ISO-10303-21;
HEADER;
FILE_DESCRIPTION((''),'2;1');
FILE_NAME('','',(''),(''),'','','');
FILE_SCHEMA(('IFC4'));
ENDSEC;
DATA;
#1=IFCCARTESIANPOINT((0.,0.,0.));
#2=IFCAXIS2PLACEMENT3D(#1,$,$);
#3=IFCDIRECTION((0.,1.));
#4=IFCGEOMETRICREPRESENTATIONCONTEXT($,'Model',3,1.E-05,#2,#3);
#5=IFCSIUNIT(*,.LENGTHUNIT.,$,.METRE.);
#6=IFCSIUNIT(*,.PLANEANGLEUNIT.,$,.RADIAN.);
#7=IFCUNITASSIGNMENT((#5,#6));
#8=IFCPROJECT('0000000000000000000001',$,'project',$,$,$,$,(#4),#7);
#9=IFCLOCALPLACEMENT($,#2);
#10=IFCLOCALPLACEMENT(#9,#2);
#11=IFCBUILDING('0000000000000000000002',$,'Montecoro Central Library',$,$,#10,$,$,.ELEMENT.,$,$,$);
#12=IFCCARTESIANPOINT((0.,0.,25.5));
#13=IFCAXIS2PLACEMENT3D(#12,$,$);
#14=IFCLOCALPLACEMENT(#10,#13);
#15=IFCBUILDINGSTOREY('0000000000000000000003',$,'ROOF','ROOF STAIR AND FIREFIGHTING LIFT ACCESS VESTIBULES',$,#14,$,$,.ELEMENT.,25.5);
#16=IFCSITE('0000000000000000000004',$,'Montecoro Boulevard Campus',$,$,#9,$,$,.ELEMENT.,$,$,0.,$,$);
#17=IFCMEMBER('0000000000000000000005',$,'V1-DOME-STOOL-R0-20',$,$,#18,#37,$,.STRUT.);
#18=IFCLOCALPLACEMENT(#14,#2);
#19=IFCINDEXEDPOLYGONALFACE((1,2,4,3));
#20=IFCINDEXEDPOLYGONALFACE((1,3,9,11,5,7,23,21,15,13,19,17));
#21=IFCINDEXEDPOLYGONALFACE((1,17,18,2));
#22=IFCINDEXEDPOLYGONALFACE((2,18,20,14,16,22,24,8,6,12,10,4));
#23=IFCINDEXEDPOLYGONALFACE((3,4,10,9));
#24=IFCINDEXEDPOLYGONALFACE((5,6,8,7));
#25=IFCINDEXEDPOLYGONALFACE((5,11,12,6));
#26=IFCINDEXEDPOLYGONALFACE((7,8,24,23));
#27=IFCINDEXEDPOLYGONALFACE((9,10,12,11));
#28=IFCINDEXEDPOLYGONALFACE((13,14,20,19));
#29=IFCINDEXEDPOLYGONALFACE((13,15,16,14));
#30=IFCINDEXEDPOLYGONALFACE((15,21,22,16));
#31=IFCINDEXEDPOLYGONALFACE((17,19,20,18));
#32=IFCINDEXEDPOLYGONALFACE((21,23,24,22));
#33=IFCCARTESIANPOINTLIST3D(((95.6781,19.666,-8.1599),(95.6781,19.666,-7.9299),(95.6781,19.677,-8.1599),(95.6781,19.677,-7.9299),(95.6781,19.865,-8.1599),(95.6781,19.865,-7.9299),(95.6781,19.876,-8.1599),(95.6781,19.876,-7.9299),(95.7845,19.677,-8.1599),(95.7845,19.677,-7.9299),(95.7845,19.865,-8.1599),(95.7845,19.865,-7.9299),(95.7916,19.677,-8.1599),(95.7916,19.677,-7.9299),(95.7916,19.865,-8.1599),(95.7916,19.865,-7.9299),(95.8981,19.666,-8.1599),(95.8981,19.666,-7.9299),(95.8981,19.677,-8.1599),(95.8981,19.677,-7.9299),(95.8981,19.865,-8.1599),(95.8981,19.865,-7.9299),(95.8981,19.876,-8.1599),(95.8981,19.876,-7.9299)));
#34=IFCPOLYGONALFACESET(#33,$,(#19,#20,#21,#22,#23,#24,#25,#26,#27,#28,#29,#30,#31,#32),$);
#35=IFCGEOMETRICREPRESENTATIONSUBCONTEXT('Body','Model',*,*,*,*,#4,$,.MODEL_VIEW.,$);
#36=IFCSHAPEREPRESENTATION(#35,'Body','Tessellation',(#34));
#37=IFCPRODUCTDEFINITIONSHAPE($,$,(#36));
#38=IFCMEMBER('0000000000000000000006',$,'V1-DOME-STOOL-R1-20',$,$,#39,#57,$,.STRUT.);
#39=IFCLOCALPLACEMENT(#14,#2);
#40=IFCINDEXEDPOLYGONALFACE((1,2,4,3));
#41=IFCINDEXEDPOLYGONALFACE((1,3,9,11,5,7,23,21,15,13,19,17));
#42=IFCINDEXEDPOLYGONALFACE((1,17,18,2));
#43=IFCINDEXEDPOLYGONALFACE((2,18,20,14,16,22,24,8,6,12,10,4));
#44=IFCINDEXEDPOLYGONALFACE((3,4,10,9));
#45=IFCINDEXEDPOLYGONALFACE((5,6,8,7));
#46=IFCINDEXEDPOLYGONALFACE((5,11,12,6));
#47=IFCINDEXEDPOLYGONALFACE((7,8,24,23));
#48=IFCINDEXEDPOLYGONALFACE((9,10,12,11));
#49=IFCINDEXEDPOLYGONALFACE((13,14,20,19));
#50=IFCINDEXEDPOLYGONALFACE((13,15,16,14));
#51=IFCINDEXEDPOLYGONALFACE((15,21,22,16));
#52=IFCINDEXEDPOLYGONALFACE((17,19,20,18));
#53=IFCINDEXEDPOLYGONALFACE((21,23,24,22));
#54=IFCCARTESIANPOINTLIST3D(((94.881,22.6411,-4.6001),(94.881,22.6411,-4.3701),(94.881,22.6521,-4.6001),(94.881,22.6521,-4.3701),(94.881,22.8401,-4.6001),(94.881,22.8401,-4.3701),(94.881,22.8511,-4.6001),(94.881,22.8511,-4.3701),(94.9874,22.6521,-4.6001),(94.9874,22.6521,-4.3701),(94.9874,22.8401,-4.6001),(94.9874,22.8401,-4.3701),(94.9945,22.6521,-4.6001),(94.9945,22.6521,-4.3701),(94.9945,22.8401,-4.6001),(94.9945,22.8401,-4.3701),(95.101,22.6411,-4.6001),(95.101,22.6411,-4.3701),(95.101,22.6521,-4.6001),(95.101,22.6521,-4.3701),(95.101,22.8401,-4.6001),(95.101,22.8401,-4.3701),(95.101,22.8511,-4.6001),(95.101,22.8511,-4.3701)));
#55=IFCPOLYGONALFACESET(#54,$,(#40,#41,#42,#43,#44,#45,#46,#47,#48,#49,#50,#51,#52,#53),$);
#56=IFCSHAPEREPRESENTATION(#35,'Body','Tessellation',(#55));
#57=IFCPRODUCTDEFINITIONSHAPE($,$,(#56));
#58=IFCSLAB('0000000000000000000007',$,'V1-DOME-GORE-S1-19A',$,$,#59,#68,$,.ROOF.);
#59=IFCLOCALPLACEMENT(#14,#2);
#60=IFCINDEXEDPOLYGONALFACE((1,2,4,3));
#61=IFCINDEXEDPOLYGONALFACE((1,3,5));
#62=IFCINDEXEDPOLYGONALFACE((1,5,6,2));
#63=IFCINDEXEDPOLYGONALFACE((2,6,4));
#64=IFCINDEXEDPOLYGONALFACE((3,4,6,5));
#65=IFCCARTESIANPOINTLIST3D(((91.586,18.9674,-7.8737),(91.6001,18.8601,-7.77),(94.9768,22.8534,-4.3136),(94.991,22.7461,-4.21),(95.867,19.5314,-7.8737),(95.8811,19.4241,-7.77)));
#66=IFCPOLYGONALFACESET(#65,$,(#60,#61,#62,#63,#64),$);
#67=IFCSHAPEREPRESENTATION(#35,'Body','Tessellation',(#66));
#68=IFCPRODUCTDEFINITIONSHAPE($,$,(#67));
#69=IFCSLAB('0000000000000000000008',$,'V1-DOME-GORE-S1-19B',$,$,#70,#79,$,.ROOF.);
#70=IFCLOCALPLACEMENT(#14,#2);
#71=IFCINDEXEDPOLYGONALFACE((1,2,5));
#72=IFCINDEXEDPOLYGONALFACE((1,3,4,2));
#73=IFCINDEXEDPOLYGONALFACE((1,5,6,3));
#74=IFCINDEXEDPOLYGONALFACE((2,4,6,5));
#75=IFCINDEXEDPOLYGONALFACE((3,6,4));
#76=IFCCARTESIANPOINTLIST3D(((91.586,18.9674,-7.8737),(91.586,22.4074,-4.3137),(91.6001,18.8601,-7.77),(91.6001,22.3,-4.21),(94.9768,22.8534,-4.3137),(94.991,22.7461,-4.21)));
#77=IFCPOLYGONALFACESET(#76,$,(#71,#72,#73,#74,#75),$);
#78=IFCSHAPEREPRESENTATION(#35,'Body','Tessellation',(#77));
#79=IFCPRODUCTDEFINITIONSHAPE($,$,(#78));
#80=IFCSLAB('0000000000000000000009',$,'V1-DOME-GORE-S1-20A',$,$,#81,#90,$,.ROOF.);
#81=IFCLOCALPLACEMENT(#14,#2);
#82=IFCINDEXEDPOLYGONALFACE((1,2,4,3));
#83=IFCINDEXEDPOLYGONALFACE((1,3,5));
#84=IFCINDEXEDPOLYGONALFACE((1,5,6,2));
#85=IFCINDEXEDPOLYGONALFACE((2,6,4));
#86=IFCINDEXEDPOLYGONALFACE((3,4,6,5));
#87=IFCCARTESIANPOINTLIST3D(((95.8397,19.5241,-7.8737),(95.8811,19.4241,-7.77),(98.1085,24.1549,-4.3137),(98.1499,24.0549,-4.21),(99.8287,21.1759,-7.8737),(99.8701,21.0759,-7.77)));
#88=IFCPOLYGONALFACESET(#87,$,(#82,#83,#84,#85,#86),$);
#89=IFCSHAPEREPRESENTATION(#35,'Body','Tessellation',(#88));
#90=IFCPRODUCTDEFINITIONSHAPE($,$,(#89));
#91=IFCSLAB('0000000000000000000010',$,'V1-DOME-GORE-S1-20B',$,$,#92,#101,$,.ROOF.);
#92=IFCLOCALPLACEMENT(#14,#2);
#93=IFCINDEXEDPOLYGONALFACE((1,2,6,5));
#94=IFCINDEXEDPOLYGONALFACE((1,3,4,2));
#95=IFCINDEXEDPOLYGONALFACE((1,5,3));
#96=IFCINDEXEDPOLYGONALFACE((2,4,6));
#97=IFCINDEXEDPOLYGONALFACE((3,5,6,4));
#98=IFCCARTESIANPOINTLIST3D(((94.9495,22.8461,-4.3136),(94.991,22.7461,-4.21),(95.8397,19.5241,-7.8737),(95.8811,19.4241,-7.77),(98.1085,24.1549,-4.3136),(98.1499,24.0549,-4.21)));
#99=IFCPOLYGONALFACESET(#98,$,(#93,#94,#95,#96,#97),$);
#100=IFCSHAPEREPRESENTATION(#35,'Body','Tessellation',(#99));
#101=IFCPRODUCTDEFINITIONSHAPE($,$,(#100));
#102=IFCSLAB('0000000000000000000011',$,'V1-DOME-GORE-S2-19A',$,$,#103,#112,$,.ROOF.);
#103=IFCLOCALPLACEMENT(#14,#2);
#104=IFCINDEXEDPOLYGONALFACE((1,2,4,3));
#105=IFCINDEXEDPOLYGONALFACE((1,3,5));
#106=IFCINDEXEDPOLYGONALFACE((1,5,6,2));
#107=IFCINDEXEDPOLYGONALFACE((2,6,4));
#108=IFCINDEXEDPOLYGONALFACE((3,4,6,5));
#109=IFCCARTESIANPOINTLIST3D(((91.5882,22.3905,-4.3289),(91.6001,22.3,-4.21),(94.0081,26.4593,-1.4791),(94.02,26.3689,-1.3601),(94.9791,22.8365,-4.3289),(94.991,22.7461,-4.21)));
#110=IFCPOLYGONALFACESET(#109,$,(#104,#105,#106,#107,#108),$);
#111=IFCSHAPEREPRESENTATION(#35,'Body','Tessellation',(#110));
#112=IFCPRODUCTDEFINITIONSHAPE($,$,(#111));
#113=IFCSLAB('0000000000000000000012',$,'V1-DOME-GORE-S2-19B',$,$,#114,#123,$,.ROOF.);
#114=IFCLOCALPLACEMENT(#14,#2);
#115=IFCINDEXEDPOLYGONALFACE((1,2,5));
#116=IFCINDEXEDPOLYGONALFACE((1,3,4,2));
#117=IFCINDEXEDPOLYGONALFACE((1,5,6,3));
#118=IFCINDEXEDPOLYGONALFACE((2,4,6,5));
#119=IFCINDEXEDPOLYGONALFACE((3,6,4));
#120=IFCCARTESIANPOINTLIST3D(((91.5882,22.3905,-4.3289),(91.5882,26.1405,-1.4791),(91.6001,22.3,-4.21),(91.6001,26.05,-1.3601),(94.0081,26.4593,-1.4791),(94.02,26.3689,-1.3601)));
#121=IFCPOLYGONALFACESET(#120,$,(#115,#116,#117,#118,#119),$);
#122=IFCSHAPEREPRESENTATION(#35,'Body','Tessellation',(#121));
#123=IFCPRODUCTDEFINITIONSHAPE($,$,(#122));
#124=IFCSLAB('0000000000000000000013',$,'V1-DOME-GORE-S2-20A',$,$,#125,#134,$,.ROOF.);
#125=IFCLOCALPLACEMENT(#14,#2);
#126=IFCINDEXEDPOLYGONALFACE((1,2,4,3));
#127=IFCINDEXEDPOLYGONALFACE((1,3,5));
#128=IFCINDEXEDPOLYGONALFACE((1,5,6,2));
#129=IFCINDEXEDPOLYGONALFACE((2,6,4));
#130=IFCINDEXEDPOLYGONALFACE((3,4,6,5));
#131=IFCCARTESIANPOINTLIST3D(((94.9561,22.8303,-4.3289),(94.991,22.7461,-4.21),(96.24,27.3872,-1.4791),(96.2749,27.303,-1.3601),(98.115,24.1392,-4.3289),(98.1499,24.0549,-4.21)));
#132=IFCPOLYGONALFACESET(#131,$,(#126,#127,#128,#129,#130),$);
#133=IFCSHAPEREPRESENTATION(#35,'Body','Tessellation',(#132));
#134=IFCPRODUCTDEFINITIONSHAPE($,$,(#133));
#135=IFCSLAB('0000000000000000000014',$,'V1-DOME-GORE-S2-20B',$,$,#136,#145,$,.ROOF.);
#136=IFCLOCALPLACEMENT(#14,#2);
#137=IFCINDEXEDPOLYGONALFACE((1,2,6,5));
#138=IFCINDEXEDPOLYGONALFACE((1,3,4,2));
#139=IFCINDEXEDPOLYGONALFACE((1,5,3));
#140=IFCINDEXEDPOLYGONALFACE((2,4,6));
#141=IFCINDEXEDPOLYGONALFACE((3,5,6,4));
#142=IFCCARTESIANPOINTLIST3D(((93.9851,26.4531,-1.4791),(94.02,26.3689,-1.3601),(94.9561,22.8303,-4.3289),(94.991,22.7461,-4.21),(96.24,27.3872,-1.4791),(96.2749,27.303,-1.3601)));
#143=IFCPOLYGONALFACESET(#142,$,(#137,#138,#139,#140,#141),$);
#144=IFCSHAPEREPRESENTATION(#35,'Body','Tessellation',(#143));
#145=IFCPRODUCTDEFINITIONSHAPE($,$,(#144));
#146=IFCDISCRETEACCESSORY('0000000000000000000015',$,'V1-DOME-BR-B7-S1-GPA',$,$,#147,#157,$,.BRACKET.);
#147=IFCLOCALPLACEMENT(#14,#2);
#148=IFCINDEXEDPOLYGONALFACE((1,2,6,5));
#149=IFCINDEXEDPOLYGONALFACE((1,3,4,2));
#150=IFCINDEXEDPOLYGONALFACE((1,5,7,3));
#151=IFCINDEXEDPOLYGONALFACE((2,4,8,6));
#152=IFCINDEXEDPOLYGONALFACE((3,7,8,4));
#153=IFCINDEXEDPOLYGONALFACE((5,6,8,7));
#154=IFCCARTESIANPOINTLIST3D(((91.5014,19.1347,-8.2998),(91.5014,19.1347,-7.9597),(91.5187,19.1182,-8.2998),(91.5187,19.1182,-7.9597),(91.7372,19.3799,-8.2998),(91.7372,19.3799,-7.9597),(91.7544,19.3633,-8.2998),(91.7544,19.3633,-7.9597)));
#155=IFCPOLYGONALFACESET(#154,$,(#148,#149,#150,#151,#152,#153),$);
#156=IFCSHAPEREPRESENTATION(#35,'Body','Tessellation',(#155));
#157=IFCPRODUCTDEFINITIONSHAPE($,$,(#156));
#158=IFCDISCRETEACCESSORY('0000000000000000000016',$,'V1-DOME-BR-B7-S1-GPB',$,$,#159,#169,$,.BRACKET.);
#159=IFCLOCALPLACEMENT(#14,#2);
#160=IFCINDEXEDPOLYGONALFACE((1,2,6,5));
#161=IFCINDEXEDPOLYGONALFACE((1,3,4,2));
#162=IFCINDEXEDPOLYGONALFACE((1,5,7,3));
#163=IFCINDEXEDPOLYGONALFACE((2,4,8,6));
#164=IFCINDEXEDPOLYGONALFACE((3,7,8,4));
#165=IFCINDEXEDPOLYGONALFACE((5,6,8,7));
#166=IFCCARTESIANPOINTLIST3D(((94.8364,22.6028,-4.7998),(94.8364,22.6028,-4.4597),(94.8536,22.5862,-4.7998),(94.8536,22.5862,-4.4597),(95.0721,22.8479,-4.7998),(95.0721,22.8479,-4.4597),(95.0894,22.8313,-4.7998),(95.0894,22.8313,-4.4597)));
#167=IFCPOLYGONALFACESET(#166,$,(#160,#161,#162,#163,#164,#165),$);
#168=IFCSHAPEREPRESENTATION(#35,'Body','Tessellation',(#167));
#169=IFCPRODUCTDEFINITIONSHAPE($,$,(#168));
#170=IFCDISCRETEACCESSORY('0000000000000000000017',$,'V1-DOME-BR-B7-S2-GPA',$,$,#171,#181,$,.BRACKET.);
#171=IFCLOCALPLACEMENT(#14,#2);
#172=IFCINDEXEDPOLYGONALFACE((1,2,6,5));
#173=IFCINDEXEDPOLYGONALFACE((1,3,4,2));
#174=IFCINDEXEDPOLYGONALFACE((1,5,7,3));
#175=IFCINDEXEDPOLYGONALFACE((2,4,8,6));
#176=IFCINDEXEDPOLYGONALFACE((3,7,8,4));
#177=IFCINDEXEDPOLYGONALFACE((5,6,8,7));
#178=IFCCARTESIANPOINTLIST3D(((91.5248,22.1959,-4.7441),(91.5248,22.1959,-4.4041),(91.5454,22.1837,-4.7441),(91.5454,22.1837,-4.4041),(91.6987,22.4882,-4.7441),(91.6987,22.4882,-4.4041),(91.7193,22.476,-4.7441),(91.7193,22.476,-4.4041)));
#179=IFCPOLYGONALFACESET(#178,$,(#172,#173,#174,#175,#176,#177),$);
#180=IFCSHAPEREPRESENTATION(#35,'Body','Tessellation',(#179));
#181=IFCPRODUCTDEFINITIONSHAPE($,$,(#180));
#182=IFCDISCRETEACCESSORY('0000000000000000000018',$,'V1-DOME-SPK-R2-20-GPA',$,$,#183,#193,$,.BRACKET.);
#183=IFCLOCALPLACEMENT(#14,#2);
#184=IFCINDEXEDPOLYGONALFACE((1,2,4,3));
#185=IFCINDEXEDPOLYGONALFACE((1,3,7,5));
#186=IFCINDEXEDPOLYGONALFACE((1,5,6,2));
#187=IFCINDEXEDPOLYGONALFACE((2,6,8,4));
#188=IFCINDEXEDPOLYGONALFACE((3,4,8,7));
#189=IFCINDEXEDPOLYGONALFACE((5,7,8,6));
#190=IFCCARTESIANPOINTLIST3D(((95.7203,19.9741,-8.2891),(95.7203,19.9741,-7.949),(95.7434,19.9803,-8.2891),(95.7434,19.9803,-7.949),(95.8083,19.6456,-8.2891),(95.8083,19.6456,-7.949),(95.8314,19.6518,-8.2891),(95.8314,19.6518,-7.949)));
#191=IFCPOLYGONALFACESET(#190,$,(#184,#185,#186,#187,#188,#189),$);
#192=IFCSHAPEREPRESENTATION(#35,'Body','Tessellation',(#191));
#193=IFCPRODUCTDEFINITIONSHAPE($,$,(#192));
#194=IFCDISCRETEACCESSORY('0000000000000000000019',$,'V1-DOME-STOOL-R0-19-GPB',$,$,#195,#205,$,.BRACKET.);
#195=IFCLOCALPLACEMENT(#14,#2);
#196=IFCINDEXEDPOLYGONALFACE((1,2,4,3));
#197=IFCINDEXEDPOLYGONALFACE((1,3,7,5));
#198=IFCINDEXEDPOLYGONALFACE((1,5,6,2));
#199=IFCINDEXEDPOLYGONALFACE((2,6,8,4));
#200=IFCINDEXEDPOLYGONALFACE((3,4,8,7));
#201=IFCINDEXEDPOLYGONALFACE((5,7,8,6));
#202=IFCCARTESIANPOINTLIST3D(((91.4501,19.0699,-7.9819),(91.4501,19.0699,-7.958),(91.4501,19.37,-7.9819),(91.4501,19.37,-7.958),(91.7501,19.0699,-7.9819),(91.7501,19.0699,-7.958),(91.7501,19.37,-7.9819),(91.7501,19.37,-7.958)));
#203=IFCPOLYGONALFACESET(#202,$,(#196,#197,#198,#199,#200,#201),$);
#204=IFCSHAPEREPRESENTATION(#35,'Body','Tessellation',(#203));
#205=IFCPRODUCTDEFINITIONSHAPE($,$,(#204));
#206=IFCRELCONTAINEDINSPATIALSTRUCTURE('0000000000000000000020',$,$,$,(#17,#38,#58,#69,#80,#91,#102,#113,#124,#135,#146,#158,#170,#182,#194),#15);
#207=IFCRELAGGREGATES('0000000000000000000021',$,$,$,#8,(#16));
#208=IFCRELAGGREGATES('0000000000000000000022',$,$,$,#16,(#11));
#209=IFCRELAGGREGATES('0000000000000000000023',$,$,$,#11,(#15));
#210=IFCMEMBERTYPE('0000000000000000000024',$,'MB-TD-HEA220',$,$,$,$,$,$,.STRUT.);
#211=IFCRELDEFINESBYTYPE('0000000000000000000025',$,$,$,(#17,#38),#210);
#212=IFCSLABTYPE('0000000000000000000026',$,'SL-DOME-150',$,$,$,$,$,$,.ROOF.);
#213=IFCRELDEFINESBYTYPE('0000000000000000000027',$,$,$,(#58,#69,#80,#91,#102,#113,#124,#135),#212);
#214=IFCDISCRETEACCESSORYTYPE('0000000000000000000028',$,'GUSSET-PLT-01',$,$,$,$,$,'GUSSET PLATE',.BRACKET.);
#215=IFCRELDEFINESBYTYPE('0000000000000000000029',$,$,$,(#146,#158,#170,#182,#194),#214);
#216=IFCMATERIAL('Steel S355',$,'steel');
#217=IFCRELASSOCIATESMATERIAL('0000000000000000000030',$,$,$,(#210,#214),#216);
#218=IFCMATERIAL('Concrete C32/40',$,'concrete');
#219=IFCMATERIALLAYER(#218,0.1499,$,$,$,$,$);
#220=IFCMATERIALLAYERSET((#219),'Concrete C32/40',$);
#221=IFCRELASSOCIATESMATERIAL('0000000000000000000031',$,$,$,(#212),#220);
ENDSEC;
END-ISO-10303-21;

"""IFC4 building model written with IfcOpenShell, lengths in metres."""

from ifc_helpers import new_model, si_unit, direction, frame, origin, origin_2d, place, context, subcontext, project, spatial, polyline, rectangle, i_section, outline, extrude, material, layer, layer_set, material_profile, profile_set, type_object, element, save


model = new_model("IFC4")

# Units and contexts
model_context = context("Model", 3, precision=1e-05, world=origin(), true_north=direction((0.0, 1.0)))
body_context = subcontext(model_context, "Body", "Model", "MODEL_VIEW")
ifc_project = project(units=[si_unit("LENGTHUNIT", "METRE"), si_unit("PLANEANGLEUNIT", "RADIAN")], contexts=[model_context])

# Site, building, storey
site_placement = place(None, origin())
site = spatial("IfcSite", under=ifc_project, at=site_placement, Name="Montecoro Boulevard Campus", CompositionType="ELEMENT", RefElevation=0.0)
building_placement = place(site_placement, origin())
building = spatial("IfcBuilding", under=site, at=building_placement, Name="Montecoro Central Library", CompositionType="ELEMENT")
storey_placement = place(building_placement, frame((0.0, 0.0, 25.5)))
storey = spatial("IfcBuildingStorey", under=building, at=storey_placement, Name="ROOF", Description="ROOF STAIR AND FIREFIGHTING LIFT ACCESS VESTIBULES", CompositionType="ELEMENT", Elevation=25.5)

# Members
ifc_material_1 = material(Name="Steel S355", Category="steel")
ifc_material_profile_1 = material_profile(ifc_material_1, i_section(OverallWidth=0.22, OverallDepth=0.21, WebThickness=0.0071, FlangeThickness=0.011, at=origin_2d()), Name="HEA 220")
ifc_profile_set_1 = profile_set([ifc_material_profile_1], Name="Steel S355")
member_type_1 = type_object("IfcMemberType", Name="MB-TD-HEA220", PredefinedType="STRUT", material=ifc_profile_set_1)
for number, where, z_axis, x_axis, name in (
    (1, (95.7881, 19.771, -8.1599), (0.0, 0.0, 1.0), (1.0, 0.0, 0.0), "V1-DOME-STOOL-R0-20"),
    (2, (94.991, 22.7461, -4.6001), (0.0, 0.0, 1.0), (1.0, 0.0, 0.0), "V1-DOME-STOOL-R1-20"),
):
    element("IfcMember", number, at=place(storey_placement, frame(where, z_axis=z_axis, x_axis=x_axis)), inside=storey, type_object=member_type_1, Name=name, PredefinedType="STRUT", context=body_context, shape_type="SweptSolid", body=[
        extrude(i_section(OverallWidth=0.22, OverallDepth=0.21, WebThickness=0.0071, FlangeThickness=0.011, at=origin_2d()), origin(), (0.0, 0.0, 1.0), 0.23),
    ])

# Slabs
ifc_material_2 = material(Name="Concrete C32/40", Category="concrete")
ifc_layer = layer(ifc_material_2, 0.1499)
ifc_layer_set = layer_set([ifc_layer], Name="Concrete C32/40")
slab_type = type_object("IfcSlabType", Name="SL-DOME-150", PredefinedType="ROOF", material=ifc_layer_set)
slab_1_placement = place(storey_placement, frame((91.6001, 18.8601, -7.77), z_axis=(0.094323, -0.715994, 0.691705), x_axis=(0.991434, 0.130608, 0.0)))
element("IfcSlab", 3, at=slab_1_placement, inside=storey, type_object=slab_type, Name="V1-DOME-GORE-S1-19A", PredefinedType="ROOF", context=body_context, shape_type="SweptSolid", body=[
    extrude(outline(polyline([(0.0, 0.0), (4.318, 0.0), (3.8694, 4.9296), (0.0, 0.0)])), origin(), (0.0, 0.0, -1.0), 0.1499),
])
slab_2_placement = place(storey_placement, frame((91.6001, 18.8601, -7.77), z_axis=(0.094177, -0.715938, 0.691782), x_axis=(0.541084, 0.62009, 0.568082)))
element("IfcSlab", 4, at=slab_2_placement, inside=storey, type_object=slab_type, Name="V1-DOME-GORE-S1-19B", PredefinedType="ROOF", context=body_context, shape_type="SweptSolid", body=[
    extrude(outline(polyline([(0.0, 0.0), (6.2668, 0.0), (4.1555, 2.6906), (0.0, 0.0)])), origin(), (0.0, 0.0, -1.0), 0.1499),
])
slab_3_placement = place(storey_placement, frame((95.8811, 19.4241, -7.77), z_axis=(0.276277, -0.667172, 0.691776), x_axis=(0.923916, 0.382595, 0.0)))
element("IfcSlab", 5, at=slab_3_placement, inside=storey, type_object=slab_type, Name="V1-DOME-GORE-S1-20A", PredefinedType="ROOF", context=body_context, shape_type="SweptSolid", body=[
    extrude(outline(polyline([(0.0, 0.0), (4.3175, 0.0), (3.8679, 4.9301), (0.0, 0.0)])), origin(), (0.0, 0.0, -1.0), 0.1499),
])
slab_4_placement = place(storey_placement, frame((95.8811, 19.4241, -7.77), z_axis=(0.276435, -0.667188, 0.691696), x_axis=(0.362064, 0.739012, 0.568129)))
element("IfcSlab", 6, at=slab_4_placement, inside=storey, type_object=slab_type, Name="V1-DOME-GORE-S1-20B", PredefinedType="ROOF", context=body_context, shape_type="SweptSolid", body=[
    extrude(outline(polyline([(0.0, 0.0), (6.2663, 0.0), (4.1553, 2.6899), (0.0, 0.0)])), origin(), (0.0, 0.0, -1.0), 0.1499),
])
slab_5_placement = place(storey_placement, frame((91.6001, 22.3, -4.21), z_axis=(0.079334, -0.603103, 0.793708), x_axis=(0.991459, 0.130419, 0.0)))
element("IfcSlab", 7, at=slab_5_placement, inside=storey, type_object=slab_type, Name="V1-DOME-GORE-S2-19A", PredefinedType="ROOF", context=body_context, shape_type="SweptSolid", body=[
    extrude(outline(polyline([(0.0, 0.0), (3.4201, 0.0), (2.9299, 4.685), (0.0, 0.0)])), origin(), (0.0, 0.0, -1.0), 0.1499),
])
slab_6_placement = place(storey_placement, frame((91.6001, 22.3, -4.21), z_axis=(0.079471, -0.60315, 0.793659), x_axis=(0.437941, 0.736352, 0.515747)))
element("IfcSlab", 8, at=slab_6_placement, inside=storey, type_object=slab_type, Name="V1-DOME-GORE-S2-19B", PredefinedType="ROOF", context=body_context, shape_type="SweptSolid", body=[
    extrude(outline(polyline([(0.0, 0.0), (5.5257, 0.0), (4.2311, 2.0692), (0.0, 0.0)])), origin(), (0.0, 0.0, -1.0), 0.1499),
])
slab_7_placement = place(storey_placement, frame((94.991, 22.7461, -4.21), z_axis=(0.232845, -0.561982, 0.7937), x_axis=(0.923842, 0.382774, 0.0)))
element("IfcSlab", 9, at=slab_7_placement, inside=storey, type_object=slab_type, Name="V1-DOME-GORE-S2-20A", PredefinedType="ROOF", context=body_context, shape_type="SweptSolid", body=[
    extrude(outline(polyline([(0.0, 0.0), (3.4193, 0.0), (2.9304, 4.6849), (0.0, 0.0)])), origin(), (0.0, 0.0, -1.0), 0.1499),
])
slab_8_placement = place(storey_placement, frame((94.991, 22.7461, -4.21), z_axis=(0.232799, -0.561979, 0.793716), x_axis=(0.232349, 0.824644, 0.515728)))
element("IfcSlab", 10, at=slab_8_placement, inside=storey, type_object=slab_type, Name="V1-DOME-GORE-S2-20B", PredefinedType="ROOF", context=body_context, shape_type="SweptSolid", body=[
    extrude(outline(polyline([(0.0, 0.0), (5.5259, 0.0), (4.2317, 2.0693), (0.0, 0.0)])), origin(), (0.0, 0.0, -1.0), 0.1499),
])

# Discrete accessories
discrete_accessory_type = type_object("IfcDiscreteAccessoryType", Name="GUSSET-PLT-01", ElementType="GUSSET PLATE", PredefinedType="BRACKET", material=ifc_material_1)
for number, where, z_axis, x_axis, name in (
    (11, (91.6279, 19.249, -8.2998), (0.0, 0.0, 1.0), (0.69315, 0.720793, 0.0), "V1-DOME-BR-B7-S1-GPA"),
    (12, (94.9629, 22.717, -4.7998), (0.0, 0.0, 1.0), (0.69315, 0.720793, 0.0), "V1-DOME-BR-B7-S1-GPB"),
    (13, (91.6221, 22.3359, -4.7441), (0.0, 0.0, 1.0), (0.511293, 0.859406, 0.0), "V1-DOME-BR-B7-S2-GPA"),
    (14, (95.7759, 19.813, -8.2891), (0.0, 0.0, 1.0), (-0.258819, 0.965926, 0.0), "V1-DOME-SPK-R2-20-GPA"),
):
    element("IfcDiscreteAccessory", number, at=place(storey_placement, frame(where, z_axis=z_axis, x_axis=x_axis)), inside=storey, type_object=discrete_accessory_type, Name=name, PredefinedType="BRACKET", context=body_context, shape_type="SweptSolid", body=[
        extrude(rectangle(XDim=0.3401, YDim=0.0239, at=origin_2d()), origin(), (0.0, 0.0, 1.0), 0.3401),
    ])
for number, where, z_axis, x_axis, name in (
    (15, (91.6001, 19.22, -7.9819), (0.0, 0.0, 1.0), (1.0, 0.0, 0.0), "V1-DOME-STOOL-R0-19-GPB"),
):
    element("IfcDiscreteAccessory", number, at=place(storey_placement, frame(where, z_axis=z_axis, x_axis=x_axis)), inside=storey, type_object=discrete_accessory_type, Name=name, PredefinedType="BRACKET", context=body_context, shape_type="SweptSolid", body=[
        extrude(rectangle(XDim=0.3, YDim=0.3, at=origin_2d()), origin(), (0.0, 0.0, 1.0), 0.0239),
    ])

save(model, "model.ifc")
